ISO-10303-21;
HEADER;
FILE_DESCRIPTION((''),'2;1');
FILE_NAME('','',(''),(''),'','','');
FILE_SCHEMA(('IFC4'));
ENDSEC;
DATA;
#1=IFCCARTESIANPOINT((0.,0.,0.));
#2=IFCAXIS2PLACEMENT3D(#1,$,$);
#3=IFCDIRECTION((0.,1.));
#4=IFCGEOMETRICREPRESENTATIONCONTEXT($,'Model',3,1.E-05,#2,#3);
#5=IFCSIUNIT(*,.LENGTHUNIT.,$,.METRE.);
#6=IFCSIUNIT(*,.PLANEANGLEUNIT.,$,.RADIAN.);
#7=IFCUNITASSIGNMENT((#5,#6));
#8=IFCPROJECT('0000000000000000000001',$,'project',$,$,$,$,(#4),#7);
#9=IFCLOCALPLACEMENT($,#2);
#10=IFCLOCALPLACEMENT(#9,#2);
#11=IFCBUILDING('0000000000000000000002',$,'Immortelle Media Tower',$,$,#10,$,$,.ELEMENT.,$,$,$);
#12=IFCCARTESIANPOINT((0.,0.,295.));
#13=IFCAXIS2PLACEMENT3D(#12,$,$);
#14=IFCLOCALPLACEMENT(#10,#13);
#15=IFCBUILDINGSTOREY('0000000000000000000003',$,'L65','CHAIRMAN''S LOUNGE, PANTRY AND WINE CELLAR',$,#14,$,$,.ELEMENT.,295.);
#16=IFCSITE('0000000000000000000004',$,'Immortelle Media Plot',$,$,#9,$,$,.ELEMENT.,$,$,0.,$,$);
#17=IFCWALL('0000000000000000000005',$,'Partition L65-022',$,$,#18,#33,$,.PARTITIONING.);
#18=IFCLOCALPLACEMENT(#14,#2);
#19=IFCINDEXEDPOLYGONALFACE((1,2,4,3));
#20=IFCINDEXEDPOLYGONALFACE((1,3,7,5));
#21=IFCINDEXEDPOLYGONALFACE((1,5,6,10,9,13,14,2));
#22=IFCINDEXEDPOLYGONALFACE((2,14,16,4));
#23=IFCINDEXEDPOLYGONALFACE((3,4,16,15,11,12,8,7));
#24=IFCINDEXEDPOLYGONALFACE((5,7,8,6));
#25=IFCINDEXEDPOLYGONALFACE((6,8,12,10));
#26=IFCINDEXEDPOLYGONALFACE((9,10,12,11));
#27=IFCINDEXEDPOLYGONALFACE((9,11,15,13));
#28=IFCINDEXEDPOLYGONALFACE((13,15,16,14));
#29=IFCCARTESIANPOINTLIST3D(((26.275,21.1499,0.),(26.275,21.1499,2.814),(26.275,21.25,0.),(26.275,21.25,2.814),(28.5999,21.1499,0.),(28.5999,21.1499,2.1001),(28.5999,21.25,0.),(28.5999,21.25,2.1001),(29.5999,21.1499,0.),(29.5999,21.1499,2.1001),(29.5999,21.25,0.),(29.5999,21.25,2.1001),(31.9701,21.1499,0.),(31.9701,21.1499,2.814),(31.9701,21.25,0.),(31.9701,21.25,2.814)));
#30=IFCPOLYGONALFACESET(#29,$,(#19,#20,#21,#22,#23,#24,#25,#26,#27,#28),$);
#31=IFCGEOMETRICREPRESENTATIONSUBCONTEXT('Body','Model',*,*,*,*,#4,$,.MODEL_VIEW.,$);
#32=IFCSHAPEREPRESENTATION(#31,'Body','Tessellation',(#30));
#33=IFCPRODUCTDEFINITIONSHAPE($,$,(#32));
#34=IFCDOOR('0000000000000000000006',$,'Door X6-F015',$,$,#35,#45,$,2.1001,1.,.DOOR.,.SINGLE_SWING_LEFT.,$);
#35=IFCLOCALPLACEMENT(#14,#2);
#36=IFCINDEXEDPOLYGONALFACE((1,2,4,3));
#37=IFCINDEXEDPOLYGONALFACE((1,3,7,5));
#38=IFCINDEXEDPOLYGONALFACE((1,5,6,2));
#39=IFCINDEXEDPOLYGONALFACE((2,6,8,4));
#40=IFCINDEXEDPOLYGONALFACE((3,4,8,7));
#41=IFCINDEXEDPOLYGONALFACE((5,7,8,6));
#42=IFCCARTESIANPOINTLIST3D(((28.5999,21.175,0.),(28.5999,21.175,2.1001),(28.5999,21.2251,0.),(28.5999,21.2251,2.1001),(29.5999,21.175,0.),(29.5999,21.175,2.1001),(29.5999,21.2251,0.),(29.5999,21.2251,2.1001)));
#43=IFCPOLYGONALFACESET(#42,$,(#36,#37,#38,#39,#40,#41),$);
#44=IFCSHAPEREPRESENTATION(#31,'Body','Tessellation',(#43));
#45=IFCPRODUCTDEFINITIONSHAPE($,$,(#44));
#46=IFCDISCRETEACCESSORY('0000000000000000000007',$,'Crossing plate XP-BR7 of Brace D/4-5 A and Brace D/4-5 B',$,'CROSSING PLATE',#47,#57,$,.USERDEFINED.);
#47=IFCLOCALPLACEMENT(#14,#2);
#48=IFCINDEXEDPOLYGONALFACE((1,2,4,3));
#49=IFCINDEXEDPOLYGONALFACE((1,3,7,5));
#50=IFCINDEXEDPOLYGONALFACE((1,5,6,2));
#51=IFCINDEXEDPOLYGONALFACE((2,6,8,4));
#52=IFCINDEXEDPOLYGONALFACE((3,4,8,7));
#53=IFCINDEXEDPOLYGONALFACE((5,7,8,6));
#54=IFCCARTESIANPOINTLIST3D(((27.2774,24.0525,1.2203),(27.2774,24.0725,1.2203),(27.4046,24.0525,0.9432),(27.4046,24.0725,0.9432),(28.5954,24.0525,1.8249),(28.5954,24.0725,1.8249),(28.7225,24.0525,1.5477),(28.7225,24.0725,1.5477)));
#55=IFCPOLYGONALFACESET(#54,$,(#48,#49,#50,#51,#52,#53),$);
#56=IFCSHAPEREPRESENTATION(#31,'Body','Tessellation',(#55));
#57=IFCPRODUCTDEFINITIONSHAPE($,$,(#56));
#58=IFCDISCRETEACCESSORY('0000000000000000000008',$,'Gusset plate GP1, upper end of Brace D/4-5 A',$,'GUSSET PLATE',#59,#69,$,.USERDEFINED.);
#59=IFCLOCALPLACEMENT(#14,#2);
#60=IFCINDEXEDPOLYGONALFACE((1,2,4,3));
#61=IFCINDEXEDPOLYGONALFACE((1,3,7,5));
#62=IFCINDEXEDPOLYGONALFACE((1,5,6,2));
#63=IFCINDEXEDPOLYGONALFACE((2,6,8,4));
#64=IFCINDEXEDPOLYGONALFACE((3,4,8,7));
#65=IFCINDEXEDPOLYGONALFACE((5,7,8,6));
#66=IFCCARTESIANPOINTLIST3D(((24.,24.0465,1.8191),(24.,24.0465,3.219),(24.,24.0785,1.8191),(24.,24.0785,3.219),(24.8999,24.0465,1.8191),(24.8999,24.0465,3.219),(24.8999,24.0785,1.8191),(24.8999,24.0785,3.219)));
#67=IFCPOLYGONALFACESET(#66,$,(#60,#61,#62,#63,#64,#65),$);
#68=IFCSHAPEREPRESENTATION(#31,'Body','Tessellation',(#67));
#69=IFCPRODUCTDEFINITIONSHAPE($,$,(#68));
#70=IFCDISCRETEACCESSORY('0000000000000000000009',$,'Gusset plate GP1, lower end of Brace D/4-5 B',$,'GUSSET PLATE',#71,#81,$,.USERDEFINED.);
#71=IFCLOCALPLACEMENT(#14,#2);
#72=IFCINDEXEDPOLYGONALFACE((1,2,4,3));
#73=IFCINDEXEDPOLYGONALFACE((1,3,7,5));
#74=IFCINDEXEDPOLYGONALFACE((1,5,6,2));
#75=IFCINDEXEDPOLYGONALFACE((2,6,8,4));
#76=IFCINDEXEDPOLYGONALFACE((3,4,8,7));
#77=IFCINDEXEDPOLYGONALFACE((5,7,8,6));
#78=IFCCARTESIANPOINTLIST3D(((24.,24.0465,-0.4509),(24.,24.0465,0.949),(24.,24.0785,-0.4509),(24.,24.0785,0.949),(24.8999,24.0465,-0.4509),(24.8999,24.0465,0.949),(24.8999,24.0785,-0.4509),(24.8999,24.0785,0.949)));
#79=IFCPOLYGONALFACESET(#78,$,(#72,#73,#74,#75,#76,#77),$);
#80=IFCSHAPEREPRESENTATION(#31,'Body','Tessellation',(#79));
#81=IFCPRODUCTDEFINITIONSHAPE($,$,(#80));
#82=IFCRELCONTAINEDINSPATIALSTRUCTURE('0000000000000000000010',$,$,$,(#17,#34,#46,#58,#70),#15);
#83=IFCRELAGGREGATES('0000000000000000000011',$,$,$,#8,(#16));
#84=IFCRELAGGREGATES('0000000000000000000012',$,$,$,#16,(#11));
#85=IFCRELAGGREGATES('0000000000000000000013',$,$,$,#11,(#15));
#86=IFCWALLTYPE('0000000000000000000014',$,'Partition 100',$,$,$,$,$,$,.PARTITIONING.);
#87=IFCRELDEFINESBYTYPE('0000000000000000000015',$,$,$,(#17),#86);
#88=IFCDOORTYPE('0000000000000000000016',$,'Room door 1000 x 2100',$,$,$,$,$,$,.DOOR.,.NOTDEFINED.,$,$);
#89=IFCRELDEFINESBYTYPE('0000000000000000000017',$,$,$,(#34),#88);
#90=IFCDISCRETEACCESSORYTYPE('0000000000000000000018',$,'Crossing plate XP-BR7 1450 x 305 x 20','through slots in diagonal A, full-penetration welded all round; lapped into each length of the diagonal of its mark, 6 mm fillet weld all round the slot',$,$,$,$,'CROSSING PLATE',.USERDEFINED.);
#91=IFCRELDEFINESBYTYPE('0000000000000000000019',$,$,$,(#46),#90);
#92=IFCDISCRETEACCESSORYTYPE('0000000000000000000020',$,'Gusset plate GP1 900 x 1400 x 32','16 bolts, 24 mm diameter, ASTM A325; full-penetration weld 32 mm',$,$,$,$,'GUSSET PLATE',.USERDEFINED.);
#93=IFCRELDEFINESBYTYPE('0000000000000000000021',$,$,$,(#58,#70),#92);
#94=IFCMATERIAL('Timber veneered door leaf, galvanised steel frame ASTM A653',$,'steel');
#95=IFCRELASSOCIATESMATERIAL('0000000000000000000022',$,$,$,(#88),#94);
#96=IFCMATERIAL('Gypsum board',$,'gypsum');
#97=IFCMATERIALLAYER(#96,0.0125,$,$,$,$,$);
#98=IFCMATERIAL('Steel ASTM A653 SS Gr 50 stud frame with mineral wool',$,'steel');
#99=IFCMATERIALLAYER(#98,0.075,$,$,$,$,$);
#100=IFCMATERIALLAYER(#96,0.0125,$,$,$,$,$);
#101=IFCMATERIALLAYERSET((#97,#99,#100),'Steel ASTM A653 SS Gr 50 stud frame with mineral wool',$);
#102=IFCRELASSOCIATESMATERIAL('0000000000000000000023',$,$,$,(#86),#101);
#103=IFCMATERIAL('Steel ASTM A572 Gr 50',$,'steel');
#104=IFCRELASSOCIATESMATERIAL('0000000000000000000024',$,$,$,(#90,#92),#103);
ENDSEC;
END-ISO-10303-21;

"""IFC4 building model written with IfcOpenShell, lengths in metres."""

from ifc_helpers import new_model, si_unit, direction, frame, frame_2d, origin, origin_2d, place, context, subcontext, project, spatial, rectangle, extrude, material, layer, layer_set, material_profile, profile_set, type_object, element, fill, save


model = new_model("IFC4")

# Units and contexts
model_context = context("Model", 3, precision=1e-05, world=origin(), true_north=direction((0.0, 1.0)))
body_context = subcontext(model_context, "Body", "Model", "MODEL_VIEW")
ifc_project = project(units=[si_unit("LENGTHUNIT", "METRE"), si_unit("PLANEANGLEUNIT", "RADIAN")], contexts=[model_context])

# Site, building, storey
site_placement = place(None, origin())
site = spatial("IfcSite", under=ifc_project, at=site_placement, Name="Immortelle Media Plot", CompositionType="ELEMENT", RefElevation=0.0)
building_placement = place(site_placement, origin())
building = spatial("IfcBuilding", under=site, at=building_placement, Name="Immortelle Media Tower", CompositionType="ELEMENT")
storey_placement = place(building_placement, frame((0.0, 0.0, 295.0)))
storey = spatial("IfcBuildingStorey", under=building, at=storey_placement, Name="L65", Description="CHAIRMAN'S LOUNGE, PANTRY AND WINE CELLAR", CompositionType="ELEMENT", Elevation=295.0)

# Shared definitions
ifc_material_1 = material(Name="Steel ASTM A653 SS Gr 50 stud frame with mineral wool", Category="steel")

# Shared definitions
ifc_material_2 = material(Name="Timber veneered door leaf, galvanised steel frame ASTM A653", Category="steel")
door_type = type_object("IfcDoorType", Name="Room door 1000 x 2100", OperationType="NOTDEFINED", PredefinedType="DOOR", material=ifc_material_2)

# Wall, opening, door
ifc_material_3 = material(Name="Gypsum board", Category="gypsum")
ifc_layer_1 = layer(ifc_material_3, 0.0125)
ifc_layer_2 = layer(ifc_material_1, 0.075)
ifc_layer_3 = layer(ifc_material_3, 0.0125)
ifc_layer_set_1 = layer_set([ifc_layer_1, ifc_layer_2, ifc_layer_3], Name="Steel ASTM A653 SS Gr 50 stud frame with mineral wool")
wall_type_1 = type_object("IfcWallType", Name="Partition 100", PredefinedType="PARTITIONING", material=ifc_layer_set_1)
wall_1_placement = place(storey_placement, frame((26.2749, 21.2, 0.0), z_axis=(0.0, 0.0, 1.0), x_axis=(1.0, 0.0, 0.0)))
wall_1 = element("IfcWall", 1, at=wall_1_placement, inside=storey, type_object=wall_type_1, Name="Partition L65-022", PredefinedType="PARTITIONING", context=body_context, shape_type="SweptSolid", body=[
    extrude(rectangle(XDim=5.6951, YDim=0.1001, at=frame_2d((2.8477, 0.0))), origin(), (0.0, 0.0, 1.0), 2.814),
])
opening_1_placement = place(wall_1_placement, frame((3.325, 0.0, 0.0), z_axis=(0.0, 0.0, 1.0), x_axis=(-1.0, 0.0, 0.0)))
opening_1 = element("IfcOpeningElement", 2, at=opening_1_placement, cuts=wall_1, PredefinedType="OPENING", context=body_context, shape_type="SweptSolid", body=[
    extrude(rectangle(XDim=1.0, YDim=2.1001, at=frame_2d((0.5, 1.05))), frame((0.0, 0.0601, 0.0), z_axis=(0.0, -1.0, 0.0), x_axis=(1.0, 0.0, 0.0)), (0.0, 0.0, 1.0), 0.1201),
])
door_1_placement = place(opening_1_placement, origin())
door_1 = element("IfcDoor", 3, at=door_1_placement, inside=storey, type_object=door_type, Name="Door X6-F015", OperationType="SINGLE_SWING_LEFT", OverallHeight=2.1001, OverallWidth=1.0, PredefinedType="DOOR", context=body_context, shape_type="SweptSolid", body=[
    extrude(rectangle(XDim=1.0, YDim=2.1001, at=frame_2d((0.5, 1.05))), frame((0.0, 0.0249, 0.0), z_axis=(0.0, -1.0, 0.0), x_axis=(1.0, 0.0, 0.0)), (0.0, 0.0, 1.0), 0.05),
])
fill(opening_1, door_1)

# Discrete accessories
ifc_material_4 = material(Name="Steel ASTM A572 Gr 50", Category="steel")
ifc_material_profile_1 = material_profile(ifc_material_4, rectangle(XDim=0.02, YDim=0.3049, at=origin_2d()), Name="PL 20 x 305")
ifc_profile_set_1 = profile_set([ifc_material_profile_1], Name="Steel ASTM A572 Gr 50")
discrete_accessory_type_1 = type_object("IfcDiscreteAccessoryType", Name="Crossing plate XP-BR7 1450 x 305 x 20", Description="through slots in diagonal A, full-penetration welded all round; lapped into each length of the diagonal of its mark, 6 mm fillet weld all round the slot", ElementType="CROSSING PLATE", PredefinedType="USERDEFINED", material=ifc_profile_set_1)
discrete_accessory_placement = place(storey_placement, frame((28.6589, 24.0625, 1.6863), z_axis=(-0.908943, 0.0, -0.416921), x_axis=(0.0, -1.0, 0.0)))
element("IfcDiscreteAccessory", 4, at=discrete_accessory_placement, inside=storey, type_object=discrete_accessory_type_1, Name="Crossing plate XP-BR7 of Brace D/4-5 A and Brace D/4-5 B", ObjectType="CROSSING PLATE", PredefinedType="USERDEFINED", context=body_context, shape_type="SweptSolid", body=[
    extrude(rectangle(XDim=0.02, YDim=0.3049, at=origin_2d()), origin(), (0.0, 0.0, 1.0), 1.45),
])
ifc_material_profile_2 = material_profile(ifc_material_4, rectangle(XDim=0.032, YDim=1.3999, at=origin_2d()), Name="PL 32 x 1400")
ifc_profile_set_2 = profile_set([ifc_material_profile_2], Name="Steel ASTM A572 Gr 50")
discrete_accessory_type_2 = type_object("IfcDiscreteAccessoryType", Name="Gusset plate GP1 900 x 1400 x 32", Description="16 bolts, 24 mm diameter, ASTM A325; full-penetration weld 32 mm", ElementType="GUSSET PLATE", PredefinedType="USERDEFINED", material=ifc_profile_set_2)
for number, where, z_axis, x_axis, name in (
    (5, (24.0, 24.0625, 2.519), (1.0, 0.0, 0.0), (0.0, 1.0, 0.0), "Gusset plate GP1, upper end of Brace D/4-5 A"),
    (6, (24.0, 24.0625, 0.249), (1.0, 0.0, 0.0), (0.0, 1.0, 0.0), "Gusset plate GP1, lower end of Brace D/4-5 B"),
):
    element("IfcDiscreteAccessory", number, at=place(storey_placement, frame(where, z_axis=z_axis, x_axis=x_axis)), inside=storey, type_object=discrete_accessory_type_2, Name=name, ObjectType="GUSSET PLATE", PredefinedType="USERDEFINED", context=body_context, shape_type="SweptSolid", body=[
        extrude(rectangle(XDim=0.032, YDim=1.3999, at=origin_2d()), origin(), (0.0, 0.0, 1.0), 0.8999),
    ])

save(model, "model.ifc")
